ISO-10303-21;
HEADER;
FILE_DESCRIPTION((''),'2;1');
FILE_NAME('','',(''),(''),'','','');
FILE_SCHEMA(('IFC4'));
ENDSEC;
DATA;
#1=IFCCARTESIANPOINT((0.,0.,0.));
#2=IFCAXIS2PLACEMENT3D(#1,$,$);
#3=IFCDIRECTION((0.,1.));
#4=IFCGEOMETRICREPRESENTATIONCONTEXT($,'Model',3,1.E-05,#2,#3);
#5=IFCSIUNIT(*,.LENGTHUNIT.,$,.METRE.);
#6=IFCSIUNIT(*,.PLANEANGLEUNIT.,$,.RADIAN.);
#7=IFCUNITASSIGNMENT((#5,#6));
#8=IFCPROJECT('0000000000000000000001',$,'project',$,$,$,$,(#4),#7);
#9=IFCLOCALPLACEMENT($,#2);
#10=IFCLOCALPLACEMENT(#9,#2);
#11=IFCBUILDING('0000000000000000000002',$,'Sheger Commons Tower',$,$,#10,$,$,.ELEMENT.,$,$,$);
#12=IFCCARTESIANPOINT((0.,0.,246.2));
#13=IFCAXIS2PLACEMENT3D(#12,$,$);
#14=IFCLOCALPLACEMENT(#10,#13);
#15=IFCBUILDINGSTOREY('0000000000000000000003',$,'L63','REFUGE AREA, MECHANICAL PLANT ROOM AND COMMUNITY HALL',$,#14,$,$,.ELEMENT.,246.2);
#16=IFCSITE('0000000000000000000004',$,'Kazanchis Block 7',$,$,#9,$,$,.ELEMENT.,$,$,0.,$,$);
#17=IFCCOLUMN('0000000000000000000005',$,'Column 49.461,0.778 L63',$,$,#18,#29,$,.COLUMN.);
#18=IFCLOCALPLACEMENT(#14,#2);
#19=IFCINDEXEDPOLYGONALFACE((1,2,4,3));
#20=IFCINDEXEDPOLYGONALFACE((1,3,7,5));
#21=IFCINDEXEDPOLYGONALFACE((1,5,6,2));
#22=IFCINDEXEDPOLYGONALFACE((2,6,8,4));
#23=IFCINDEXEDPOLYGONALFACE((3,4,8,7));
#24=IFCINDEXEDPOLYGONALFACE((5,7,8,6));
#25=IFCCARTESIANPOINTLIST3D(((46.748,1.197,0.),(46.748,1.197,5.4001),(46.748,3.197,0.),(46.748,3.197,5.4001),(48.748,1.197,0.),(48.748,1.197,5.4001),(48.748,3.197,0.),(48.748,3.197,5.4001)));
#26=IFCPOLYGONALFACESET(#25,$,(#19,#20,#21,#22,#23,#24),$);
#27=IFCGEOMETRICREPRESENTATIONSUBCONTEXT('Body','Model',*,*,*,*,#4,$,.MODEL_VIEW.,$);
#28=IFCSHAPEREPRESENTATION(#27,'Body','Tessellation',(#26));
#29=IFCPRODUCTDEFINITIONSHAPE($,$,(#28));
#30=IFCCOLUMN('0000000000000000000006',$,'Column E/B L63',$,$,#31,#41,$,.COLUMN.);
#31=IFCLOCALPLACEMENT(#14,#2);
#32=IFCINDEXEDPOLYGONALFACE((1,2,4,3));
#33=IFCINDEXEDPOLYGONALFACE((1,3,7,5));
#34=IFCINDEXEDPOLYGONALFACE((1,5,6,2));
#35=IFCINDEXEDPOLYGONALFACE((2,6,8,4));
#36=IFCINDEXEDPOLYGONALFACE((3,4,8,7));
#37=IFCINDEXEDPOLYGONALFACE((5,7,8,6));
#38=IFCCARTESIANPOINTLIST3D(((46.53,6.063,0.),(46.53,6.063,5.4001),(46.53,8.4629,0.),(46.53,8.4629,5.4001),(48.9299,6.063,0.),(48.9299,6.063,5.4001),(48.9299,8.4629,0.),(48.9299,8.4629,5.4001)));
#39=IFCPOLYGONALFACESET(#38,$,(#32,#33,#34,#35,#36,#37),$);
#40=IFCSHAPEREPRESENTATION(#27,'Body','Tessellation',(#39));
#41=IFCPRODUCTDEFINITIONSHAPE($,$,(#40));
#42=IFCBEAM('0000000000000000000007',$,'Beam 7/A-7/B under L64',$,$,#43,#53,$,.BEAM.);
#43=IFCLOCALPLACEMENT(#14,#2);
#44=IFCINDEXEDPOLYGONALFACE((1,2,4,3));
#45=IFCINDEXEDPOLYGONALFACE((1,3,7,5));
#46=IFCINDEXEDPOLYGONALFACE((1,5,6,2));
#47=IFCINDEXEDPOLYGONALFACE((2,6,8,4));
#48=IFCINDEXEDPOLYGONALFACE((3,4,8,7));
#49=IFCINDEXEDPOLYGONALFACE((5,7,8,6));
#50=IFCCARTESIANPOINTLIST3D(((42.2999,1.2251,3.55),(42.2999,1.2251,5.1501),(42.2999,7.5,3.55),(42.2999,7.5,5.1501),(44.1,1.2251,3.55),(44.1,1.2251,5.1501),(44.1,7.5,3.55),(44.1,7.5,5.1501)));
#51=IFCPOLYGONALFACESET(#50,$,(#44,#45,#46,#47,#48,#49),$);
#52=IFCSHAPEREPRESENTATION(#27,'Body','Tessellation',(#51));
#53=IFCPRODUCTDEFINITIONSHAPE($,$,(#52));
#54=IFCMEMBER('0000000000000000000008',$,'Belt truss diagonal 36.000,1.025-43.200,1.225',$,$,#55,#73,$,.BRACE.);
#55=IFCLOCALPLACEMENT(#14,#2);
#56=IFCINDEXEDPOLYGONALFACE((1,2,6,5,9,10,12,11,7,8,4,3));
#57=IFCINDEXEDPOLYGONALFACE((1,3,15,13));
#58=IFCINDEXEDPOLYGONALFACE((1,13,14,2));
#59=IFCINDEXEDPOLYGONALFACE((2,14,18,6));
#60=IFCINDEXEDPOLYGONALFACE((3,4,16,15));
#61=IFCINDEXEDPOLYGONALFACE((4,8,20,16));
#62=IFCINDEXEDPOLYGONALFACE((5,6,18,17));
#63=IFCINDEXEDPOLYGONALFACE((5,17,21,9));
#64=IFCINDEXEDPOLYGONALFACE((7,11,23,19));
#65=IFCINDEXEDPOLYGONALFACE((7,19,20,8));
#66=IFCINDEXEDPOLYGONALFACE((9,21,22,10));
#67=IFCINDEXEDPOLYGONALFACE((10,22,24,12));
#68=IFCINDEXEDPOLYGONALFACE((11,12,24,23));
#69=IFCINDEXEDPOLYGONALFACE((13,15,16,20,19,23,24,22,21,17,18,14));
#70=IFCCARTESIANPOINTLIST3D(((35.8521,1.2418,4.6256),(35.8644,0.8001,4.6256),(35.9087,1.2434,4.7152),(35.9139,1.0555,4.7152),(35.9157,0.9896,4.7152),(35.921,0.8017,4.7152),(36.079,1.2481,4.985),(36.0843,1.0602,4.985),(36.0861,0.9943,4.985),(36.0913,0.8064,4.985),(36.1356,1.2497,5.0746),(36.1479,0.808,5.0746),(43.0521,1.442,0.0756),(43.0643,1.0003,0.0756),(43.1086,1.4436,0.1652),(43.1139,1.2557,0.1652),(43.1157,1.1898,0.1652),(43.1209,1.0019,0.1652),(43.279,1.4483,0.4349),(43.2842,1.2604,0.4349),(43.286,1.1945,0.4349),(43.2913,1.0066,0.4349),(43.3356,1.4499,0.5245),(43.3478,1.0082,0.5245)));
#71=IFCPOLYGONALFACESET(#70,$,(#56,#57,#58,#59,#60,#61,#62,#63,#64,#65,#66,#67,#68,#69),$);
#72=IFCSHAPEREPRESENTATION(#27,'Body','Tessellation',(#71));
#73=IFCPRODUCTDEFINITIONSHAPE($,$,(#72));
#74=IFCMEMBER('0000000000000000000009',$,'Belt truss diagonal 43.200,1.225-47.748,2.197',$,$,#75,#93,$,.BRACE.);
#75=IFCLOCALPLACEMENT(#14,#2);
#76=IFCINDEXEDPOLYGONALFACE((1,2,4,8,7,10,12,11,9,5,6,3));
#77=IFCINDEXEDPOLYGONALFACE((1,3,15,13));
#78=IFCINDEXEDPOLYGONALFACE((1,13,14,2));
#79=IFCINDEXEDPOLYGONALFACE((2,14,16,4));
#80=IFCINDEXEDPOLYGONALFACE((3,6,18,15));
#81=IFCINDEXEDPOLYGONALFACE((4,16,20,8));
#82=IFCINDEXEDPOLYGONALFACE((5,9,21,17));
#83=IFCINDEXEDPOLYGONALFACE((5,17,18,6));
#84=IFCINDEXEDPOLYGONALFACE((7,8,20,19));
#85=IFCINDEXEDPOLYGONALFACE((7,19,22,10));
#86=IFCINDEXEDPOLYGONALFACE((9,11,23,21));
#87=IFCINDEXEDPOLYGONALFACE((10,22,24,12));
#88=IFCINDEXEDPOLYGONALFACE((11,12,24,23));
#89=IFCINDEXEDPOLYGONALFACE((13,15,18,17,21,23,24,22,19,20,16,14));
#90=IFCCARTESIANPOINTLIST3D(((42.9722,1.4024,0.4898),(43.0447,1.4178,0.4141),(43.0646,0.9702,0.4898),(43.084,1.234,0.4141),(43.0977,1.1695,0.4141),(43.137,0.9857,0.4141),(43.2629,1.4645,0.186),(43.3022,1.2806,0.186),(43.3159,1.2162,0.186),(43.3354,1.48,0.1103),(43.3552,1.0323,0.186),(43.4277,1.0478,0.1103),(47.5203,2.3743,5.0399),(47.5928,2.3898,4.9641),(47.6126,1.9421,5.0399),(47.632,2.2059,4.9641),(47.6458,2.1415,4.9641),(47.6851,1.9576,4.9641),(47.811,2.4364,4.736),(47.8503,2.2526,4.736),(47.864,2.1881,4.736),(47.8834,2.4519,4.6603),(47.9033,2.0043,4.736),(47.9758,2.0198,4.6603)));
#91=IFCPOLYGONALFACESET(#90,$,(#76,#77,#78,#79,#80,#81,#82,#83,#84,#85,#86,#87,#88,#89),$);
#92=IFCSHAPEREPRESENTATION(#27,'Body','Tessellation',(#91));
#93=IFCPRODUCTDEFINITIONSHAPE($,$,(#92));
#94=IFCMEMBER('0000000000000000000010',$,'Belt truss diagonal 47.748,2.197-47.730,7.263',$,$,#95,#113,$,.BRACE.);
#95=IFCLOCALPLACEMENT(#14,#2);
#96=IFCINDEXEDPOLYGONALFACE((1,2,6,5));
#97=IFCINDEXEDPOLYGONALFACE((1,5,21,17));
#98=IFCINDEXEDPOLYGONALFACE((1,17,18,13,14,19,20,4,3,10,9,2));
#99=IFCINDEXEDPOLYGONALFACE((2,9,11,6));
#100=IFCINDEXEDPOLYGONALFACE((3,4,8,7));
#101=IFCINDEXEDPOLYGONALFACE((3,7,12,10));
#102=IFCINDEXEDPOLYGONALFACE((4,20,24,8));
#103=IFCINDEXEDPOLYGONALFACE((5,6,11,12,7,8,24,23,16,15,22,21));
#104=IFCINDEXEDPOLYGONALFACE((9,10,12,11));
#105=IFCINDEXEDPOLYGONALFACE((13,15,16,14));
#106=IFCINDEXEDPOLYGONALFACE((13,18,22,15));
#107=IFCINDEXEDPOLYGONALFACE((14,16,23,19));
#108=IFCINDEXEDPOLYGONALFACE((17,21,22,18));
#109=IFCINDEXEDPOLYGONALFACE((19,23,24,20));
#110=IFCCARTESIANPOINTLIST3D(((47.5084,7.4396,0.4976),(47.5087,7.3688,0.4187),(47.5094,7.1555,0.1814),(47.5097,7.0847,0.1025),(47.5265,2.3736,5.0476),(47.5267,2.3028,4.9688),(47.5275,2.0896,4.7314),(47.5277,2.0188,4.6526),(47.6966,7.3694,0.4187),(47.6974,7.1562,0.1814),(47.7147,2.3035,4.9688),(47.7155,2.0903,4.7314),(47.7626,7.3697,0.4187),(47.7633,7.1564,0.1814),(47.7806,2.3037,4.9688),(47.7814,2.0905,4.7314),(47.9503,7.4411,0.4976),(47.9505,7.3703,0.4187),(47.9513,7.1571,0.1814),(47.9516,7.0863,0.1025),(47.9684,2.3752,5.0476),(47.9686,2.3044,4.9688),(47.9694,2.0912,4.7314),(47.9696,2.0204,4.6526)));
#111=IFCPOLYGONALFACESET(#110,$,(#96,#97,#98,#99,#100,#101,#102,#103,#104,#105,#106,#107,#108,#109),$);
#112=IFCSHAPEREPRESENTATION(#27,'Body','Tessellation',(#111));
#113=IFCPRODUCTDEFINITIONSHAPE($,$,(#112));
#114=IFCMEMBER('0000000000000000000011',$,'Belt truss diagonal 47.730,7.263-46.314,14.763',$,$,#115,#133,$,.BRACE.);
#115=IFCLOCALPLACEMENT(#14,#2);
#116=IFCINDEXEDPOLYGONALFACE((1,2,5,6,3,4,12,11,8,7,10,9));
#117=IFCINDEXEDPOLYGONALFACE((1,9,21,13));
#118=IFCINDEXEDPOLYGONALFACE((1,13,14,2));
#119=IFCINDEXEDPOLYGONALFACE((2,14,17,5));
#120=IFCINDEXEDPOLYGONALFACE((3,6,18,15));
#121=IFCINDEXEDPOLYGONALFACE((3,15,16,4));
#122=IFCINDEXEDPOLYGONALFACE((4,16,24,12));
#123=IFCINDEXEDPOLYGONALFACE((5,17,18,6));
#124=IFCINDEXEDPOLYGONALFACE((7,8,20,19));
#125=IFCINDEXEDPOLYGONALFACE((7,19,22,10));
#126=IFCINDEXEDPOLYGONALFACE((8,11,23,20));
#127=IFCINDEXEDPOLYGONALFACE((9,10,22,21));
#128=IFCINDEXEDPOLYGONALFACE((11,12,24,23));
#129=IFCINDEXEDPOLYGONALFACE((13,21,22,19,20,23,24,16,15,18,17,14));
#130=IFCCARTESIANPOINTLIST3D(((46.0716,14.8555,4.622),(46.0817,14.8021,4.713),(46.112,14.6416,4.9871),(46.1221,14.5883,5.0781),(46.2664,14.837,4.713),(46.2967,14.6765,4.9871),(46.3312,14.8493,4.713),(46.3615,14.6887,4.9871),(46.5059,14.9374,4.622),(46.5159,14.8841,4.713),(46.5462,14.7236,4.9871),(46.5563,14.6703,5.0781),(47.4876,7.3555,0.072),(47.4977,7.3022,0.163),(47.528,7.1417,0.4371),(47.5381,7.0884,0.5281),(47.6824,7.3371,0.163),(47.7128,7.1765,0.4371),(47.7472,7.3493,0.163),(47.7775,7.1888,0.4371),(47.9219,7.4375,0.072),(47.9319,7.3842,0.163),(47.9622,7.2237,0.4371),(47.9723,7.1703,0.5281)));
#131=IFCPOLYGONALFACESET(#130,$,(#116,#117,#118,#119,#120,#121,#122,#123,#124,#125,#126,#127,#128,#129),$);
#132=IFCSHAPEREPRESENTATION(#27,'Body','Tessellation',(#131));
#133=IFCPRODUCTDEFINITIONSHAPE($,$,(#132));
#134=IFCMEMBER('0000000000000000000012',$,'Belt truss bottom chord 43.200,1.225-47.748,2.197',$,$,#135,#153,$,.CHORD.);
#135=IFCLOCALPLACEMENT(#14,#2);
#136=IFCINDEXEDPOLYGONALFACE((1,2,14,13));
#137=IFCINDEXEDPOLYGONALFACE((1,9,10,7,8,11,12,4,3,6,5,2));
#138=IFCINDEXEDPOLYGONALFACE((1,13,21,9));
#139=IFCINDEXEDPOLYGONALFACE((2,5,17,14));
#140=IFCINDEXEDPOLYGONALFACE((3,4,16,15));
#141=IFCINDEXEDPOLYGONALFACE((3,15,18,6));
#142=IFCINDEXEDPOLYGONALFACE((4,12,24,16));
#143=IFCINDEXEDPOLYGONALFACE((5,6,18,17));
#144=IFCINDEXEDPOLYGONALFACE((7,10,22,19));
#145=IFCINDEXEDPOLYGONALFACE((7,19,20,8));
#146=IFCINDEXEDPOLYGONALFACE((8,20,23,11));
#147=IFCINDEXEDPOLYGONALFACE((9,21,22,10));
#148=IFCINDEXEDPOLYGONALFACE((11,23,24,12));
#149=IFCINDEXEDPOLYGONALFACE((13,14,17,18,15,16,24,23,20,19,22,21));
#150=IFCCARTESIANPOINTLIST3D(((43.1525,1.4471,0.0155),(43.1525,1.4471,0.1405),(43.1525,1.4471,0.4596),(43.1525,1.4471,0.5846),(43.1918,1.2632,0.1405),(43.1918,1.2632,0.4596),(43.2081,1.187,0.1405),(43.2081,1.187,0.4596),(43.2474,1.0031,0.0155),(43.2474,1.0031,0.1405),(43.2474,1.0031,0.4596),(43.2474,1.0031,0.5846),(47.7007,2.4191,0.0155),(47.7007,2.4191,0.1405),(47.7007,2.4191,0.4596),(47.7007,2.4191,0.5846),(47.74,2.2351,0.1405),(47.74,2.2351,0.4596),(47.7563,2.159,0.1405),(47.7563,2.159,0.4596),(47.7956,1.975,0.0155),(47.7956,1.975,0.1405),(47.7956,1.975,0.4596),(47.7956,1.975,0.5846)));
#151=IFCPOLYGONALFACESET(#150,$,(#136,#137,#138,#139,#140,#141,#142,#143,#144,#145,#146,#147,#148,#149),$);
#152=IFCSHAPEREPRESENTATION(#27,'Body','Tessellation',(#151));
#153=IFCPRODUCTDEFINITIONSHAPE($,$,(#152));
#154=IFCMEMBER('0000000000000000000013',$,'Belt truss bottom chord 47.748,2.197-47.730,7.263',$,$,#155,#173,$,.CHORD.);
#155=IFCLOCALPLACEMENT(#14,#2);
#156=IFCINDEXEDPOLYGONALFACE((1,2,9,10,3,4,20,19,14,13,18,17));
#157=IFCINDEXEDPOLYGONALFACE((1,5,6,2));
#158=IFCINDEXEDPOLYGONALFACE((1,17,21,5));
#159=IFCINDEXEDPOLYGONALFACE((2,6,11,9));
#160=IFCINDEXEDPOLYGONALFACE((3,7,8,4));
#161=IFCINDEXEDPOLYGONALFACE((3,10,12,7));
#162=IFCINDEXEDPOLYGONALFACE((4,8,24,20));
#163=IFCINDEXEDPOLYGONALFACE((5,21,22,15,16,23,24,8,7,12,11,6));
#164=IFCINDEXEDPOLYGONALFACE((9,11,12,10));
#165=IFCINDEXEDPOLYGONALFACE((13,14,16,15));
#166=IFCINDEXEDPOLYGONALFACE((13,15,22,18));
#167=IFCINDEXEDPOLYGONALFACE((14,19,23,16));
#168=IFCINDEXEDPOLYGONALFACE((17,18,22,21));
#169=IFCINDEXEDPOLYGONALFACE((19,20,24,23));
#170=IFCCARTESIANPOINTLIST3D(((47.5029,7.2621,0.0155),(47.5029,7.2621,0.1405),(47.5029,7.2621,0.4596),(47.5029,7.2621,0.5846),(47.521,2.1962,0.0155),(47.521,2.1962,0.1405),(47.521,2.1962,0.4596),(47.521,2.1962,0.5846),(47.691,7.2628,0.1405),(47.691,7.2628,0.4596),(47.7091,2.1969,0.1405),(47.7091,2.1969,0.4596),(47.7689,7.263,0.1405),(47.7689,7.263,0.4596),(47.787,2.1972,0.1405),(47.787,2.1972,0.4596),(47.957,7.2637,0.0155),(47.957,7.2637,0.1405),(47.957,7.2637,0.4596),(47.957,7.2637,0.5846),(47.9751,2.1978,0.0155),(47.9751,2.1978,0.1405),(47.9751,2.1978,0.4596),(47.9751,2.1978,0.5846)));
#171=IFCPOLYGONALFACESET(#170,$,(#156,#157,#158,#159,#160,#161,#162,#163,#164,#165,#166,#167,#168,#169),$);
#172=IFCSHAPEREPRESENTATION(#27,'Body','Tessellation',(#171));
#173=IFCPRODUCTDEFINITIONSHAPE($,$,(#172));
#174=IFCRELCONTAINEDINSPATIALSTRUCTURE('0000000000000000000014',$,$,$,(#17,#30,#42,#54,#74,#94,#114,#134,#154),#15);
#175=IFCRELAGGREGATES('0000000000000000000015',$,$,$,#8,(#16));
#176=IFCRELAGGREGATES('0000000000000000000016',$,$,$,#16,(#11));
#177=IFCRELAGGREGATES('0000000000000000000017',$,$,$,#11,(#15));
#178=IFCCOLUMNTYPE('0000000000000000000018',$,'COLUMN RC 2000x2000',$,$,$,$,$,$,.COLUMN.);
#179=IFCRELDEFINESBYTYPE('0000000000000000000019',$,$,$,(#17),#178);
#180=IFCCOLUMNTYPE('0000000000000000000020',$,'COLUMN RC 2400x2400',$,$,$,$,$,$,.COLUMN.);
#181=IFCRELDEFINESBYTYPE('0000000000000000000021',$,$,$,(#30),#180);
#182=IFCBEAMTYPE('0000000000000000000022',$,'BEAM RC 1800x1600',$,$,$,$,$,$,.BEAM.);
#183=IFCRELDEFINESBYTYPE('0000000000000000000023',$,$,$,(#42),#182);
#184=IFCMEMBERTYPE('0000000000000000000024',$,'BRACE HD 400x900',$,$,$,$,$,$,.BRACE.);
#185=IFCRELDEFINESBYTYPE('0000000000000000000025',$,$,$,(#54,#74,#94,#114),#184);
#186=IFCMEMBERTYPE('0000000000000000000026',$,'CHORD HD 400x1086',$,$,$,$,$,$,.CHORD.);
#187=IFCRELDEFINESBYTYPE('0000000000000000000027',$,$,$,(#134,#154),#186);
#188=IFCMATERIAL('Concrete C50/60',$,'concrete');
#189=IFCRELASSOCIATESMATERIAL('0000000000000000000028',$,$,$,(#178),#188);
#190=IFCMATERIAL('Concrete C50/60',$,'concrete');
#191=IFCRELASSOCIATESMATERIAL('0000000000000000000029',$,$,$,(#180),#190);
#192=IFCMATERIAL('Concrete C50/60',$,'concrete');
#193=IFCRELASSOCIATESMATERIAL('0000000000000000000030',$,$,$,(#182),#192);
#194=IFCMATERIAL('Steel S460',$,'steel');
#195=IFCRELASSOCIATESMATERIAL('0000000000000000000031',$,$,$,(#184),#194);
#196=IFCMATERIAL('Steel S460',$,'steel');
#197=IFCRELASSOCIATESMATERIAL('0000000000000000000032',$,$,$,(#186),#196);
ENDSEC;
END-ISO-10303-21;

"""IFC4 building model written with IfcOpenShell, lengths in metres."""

from ifc_helpers import new_model, si_unit, direction, frame, origin, origin_2d, place, context, subcontext, project, spatial, rectangle, i_section, extrude, material, material_profile, profile_set, type_object, element, save


model = new_model("IFC4")

# Units and contexts
model_context = context("Model", 3, precision=1e-05, world=origin(), true_north=direction((0.0, 1.0)))
body_context = subcontext(model_context, "Body", "Model", "MODEL_VIEW")
ifc_project = project(units=[si_unit("LENGTHUNIT", "METRE"), si_unit("PLANEANGLEUNIT", "RADIAN")], contexts=[model_context])

# Site, building, storey
site_placement = place(None, origin())
site = spatial("IfcSite", under=ifc_project, at=site_placement, Name="Kazanchis Block 7", CompositionType="ELEMENT", RefElevation=0.0)
building_placement = place(site_placement, origin())
building = spatial("IfcBuilding", under=site, at=building_placement, Name="Sheger Commons Tower", CompositionType="ELEMENT")
storey_placement = place(building_placement, frame((0.0, 0.0, 246.2)))
storey = spatial("IfcBuildingStorey", under=building, at=storey_placement, Name="L63", Description="REFUGE AREA, MECHANICAL PLANT ROOM AND COMMUNITY HALL", CompositionType="ELEMENT", Elevation=246.2)

# Columns
ifc_material_1 = material(Name="Concrete C50/60", Category="concrete")
ifc_material_profile_1 = material_profile(ifc_material_1, rectangle(XDim=2.0, YDim=2.0, at=origin_2d()), Name="RC 2000x2000")
ifc_profile_set_1 = profile_set([ifc_material_profile_1], Name="Concrete C50/60")
column_type_1 = type_object("IfcColumnType", Name="COLUMN RC 2000x2000", PredefinedType="COLUMN", material=ifc_profile_set_1)
column_1_placement = place(storey_placement, frame((47.748, 2.197, 0.0), z_axis=(0.0, 0.0, 1.0), x_axis=(1.0, 0.0, 0.0)))
element("IfcColumn", 1, at=column_1_placement, inside=storey, type_object=column_type_1, Name="Column 49.461,0.778 L63", PredefinedType="COLUMN", context=body_context, shape_type="SweptSolid", body=[
    extrude(rectangle(XDim=2.0, YDim=2.0, at=origin_2d()), origin(), (0.0, 0.0, 1.0), 5.4001),
])
ifc_material_2 = material(Name="Concrete C50/60", Category="concrete")
ifc_material_profile_2 = material_profile(ifc_material_2, rectangle(XDim=2.3999, YDim=2.3999, at=origin_2d()), Name="RC 2400x2400")
ifc_profile_set_2 = profile_set([ifc_material_profile_2], Name="Concrete C50/60")
column_type_2 = type_object("IfcColumnType", Name="COLUMN RC 2400x2400", PredefinedType="COLUMN", material=ifc_profile_set_2)
column_2_placement = place(storey_placement, frame((47.73, 7.2629, 0.0), z_axis=(0.0, 0.0, 1.0), x_axis=(1.0, 0.0, 0.0)))
element("IfcColumn", 2, at=column_2_placement, inside=storey, type_object=column_type_2, Name="Column E/B L63", PredefinedType="COLUMN", context=body_context, shape_type="SweptSolid", body=[
    extrude(rectangle(XDim=2.3999, YDim=2.3999, at=origin_2d()), origin(), (0.0, 0.0, 1.0), 5.4001),
])

# Beam
ifc_material_3 = material(Name="Concrete C50/60", Category="concrete")
ifc_material_profile_3 = material_profile(ifc_material_3, rectangle(XDim=1.8, YDim=1.6001, at=origin_2d()), Name="RC 1800x1600")
ifc_profile_set_3 = profile_set([ifc_material_profile_3], Name="Concrete C50/60")
beam_type_1 = type_object("IfcBeamType", Name="BEAM RC 1800x1600", PredefinedType="BEAM", material=ifc_profile_set_3)
beam_1_placement = place(storey_placement, frame((43.2, 1.2251, 4.3501), z_axis=(0.0, 1.0, 0.0), x_axis=(-1.0, 0.0, 0.0)))
element("IfcBeam", 3, at=beam_1_placement, inside=storey, type_object=beam_type_1, Name="Beam 7/A-7/B under L64", PredefinedType="BEAM", context=body_context, shape_type="SweptSolid", body=[
    extrude(rectangle(XDim=1.8, YDim=1.6001, at=origin_2d()), origin(), (0.0, 0.0, 1.0), 6.2749),
])

# Members
ifc_material_4 = material(Name="Steel S460", Category="steel")
ifc_material_profile_4 = material_profile(ifc_material_4, i_section(OverallWidth=0.4419, OverallDepth=0.531, WebThickness=0.0659, FlangeThickness=0.106, at=origin_2d()), Name="HD 400x900")
ifc_profile_set_4 = profile_set([ifc_material_profile_4], Name="Steel S460")
member_type_1 = type_object("IfcMemberType", Name="BRACE HD 400x900", PredefinedType="BRACE", material=ifc_profile_set_4)
member_1_placement = place(storey_placement, frame((43.2, 1.2251, 0.3), z_axis=(-0.845112, -0.023498, 0.534073), x_axis=(0.027794, -0.999614, 0.0)))
element("IfcMember", 4, at=member_1_placement, inside=storey, type_object=member_type_1, Name="Belt truss diagonal 36.000,1.025-43.200,1.225", PredefinedType="BRACE", context=body_context, shape_type="SweptSolid", body=[
    extrude(i_section(OverallWidth=0.4419, OverallDepth=0.531, WebThickness=0.0659, FlangeThickness=0.106, at=origin_2d()), origin(), (0.0, 0.0, 1.0), 8.5195),
])
member_2_placement = place(storey_placement, frame((43.2, 1.2251, 0.3), z_axis=(0.699023, 0.149381, 0.699323), x_axis=(-0.208981, 0.97792, 0.0)))
element("IfcMember", 5, at=member_2_placement, inside=storey, type_object=member_type_1, Name="Belt truss diagonal 43.200,1.225-47.748,2.197", PredefinedType="BRACE", context=body_context, shape_type="SweptSolid", body=[
    extrude(i_section(OverallWidth=0.4419, OverallDepth=0.531, WebThickness=0.0659, FlangeThickness=0.106, at=origin_2d()), origin(), (0.0, 0.0, 1.0), 6.5063),
])
member_3_placement = place(storey_placement, frame((47.73, 7.2629, 0.3), z_axis=(0.002653, -0.743969, 0.668209), x_axis=(0.999994, 0.003566, 0.0)))
element("IfcMember", 6, at=member_3_placement, inside=storey, type_object=member_type_1, Name="Belt truss diagonal 47.748,2.197-47.730,7.263", PredefinedType="BRACE", context=body_context, shape_type="SweptSolid", body=[
    extrude(i_section(OverallWidth=0.4419, OverallDepth=0.531, WebThickness=0.0659, FlangeThickness=0.106, at=origin_2d()), origin(), (0.0, 0.0, 1.0), 6.8093),
])
member_4_placement = place(storey_placement, frame((47.73, 7.2629, 0.3), z_axis=(-0.159357, 0.84404, 0.512056), x_axis=(-0.98264, -0.185524, 0.0)))
element("IfcMember", 7, at=member_4_placement, inside=storey, type_object=member_type_1, Name="Belt truss diagonal 47.730,7.263-46.314,14.763", PredefinedType="BRACE", context=body_context, shape_type="SweptSolid", body=[
    extrude(i_section(OverallWidth=0.4419, OverallDepth=0.531, WebThickness=0.0659, FlangeThickness=0.106, at=origin_2d()), origin(), (0.0, 0.0, 1.0), 8.8857),
])
ifc_material_5 = material(Name="Steel S460", Category="steel")
ifc_material_profile_5 = material_profile(ifc_material_5, i_section(OverallWidth=0.4541, OverallDepth=0.5691, WebThickness=0.0779, FlangeThickness=0.125, at=origin_2d()), Name="HD 400x1086")
ifc_profile_set_5 = profile_set([ifc_material_profile_5], Name="Steel S460")
member_type_2 = type_object("IfcMemberType", Name="CHORD HD 400x1086", PredefinedType="CHORD", material=ifc_profile_set_5)
member_5_placement = place(storey_placement, frame((43.2, 1.2251, 0.3), z_axis=(0.97792, 0.208981, 0.0), x_axis=(-0.208981, 0.97792, 0.0)))
element("IfcMember", 8, at=member_5_placement, inside=storey, type_object=member_type_2, Name="Belt truss bottom chord 43.200,1.225-47.748,2.197", PredefinedType="CHORD", context=body_context, shape_type="SweptSolid", body=[
    extrude(i_section(OverallWidth=0.4541, OverallDepth=0.5691, WebThickness=0.0779, FlangeThickness=0.125, at=origin_2d()), origin(), (0.0, 0.0, 1.0), 4.6509),
])
member_6_placement = place(storey_placement, frame((47.748, 2.197, 0.3), z_axis=(-0.003566, 0.999994, 0.0), x_axis=(-0.999994, -0.003566, 0.0)))
element("IfcMember", 9, at=member_6_placement, inside=storey, type_object=member_type_2, Name="Belt truss bottom chord 47.748,2.197-47.730,7.263", PredefinedType="CHORD", context=body_context, shape_type="SweptSolid", body=[
    extrude(i_section(OverallWidth=0.4541, OverallDepth=0.5691, WebThickness=0.0779, FlangeThickness=0.125, at=origin_2d()), origin(), (0.0, 0.0, 1.0), 5.0659),
])

save(model, "model.ifc")
